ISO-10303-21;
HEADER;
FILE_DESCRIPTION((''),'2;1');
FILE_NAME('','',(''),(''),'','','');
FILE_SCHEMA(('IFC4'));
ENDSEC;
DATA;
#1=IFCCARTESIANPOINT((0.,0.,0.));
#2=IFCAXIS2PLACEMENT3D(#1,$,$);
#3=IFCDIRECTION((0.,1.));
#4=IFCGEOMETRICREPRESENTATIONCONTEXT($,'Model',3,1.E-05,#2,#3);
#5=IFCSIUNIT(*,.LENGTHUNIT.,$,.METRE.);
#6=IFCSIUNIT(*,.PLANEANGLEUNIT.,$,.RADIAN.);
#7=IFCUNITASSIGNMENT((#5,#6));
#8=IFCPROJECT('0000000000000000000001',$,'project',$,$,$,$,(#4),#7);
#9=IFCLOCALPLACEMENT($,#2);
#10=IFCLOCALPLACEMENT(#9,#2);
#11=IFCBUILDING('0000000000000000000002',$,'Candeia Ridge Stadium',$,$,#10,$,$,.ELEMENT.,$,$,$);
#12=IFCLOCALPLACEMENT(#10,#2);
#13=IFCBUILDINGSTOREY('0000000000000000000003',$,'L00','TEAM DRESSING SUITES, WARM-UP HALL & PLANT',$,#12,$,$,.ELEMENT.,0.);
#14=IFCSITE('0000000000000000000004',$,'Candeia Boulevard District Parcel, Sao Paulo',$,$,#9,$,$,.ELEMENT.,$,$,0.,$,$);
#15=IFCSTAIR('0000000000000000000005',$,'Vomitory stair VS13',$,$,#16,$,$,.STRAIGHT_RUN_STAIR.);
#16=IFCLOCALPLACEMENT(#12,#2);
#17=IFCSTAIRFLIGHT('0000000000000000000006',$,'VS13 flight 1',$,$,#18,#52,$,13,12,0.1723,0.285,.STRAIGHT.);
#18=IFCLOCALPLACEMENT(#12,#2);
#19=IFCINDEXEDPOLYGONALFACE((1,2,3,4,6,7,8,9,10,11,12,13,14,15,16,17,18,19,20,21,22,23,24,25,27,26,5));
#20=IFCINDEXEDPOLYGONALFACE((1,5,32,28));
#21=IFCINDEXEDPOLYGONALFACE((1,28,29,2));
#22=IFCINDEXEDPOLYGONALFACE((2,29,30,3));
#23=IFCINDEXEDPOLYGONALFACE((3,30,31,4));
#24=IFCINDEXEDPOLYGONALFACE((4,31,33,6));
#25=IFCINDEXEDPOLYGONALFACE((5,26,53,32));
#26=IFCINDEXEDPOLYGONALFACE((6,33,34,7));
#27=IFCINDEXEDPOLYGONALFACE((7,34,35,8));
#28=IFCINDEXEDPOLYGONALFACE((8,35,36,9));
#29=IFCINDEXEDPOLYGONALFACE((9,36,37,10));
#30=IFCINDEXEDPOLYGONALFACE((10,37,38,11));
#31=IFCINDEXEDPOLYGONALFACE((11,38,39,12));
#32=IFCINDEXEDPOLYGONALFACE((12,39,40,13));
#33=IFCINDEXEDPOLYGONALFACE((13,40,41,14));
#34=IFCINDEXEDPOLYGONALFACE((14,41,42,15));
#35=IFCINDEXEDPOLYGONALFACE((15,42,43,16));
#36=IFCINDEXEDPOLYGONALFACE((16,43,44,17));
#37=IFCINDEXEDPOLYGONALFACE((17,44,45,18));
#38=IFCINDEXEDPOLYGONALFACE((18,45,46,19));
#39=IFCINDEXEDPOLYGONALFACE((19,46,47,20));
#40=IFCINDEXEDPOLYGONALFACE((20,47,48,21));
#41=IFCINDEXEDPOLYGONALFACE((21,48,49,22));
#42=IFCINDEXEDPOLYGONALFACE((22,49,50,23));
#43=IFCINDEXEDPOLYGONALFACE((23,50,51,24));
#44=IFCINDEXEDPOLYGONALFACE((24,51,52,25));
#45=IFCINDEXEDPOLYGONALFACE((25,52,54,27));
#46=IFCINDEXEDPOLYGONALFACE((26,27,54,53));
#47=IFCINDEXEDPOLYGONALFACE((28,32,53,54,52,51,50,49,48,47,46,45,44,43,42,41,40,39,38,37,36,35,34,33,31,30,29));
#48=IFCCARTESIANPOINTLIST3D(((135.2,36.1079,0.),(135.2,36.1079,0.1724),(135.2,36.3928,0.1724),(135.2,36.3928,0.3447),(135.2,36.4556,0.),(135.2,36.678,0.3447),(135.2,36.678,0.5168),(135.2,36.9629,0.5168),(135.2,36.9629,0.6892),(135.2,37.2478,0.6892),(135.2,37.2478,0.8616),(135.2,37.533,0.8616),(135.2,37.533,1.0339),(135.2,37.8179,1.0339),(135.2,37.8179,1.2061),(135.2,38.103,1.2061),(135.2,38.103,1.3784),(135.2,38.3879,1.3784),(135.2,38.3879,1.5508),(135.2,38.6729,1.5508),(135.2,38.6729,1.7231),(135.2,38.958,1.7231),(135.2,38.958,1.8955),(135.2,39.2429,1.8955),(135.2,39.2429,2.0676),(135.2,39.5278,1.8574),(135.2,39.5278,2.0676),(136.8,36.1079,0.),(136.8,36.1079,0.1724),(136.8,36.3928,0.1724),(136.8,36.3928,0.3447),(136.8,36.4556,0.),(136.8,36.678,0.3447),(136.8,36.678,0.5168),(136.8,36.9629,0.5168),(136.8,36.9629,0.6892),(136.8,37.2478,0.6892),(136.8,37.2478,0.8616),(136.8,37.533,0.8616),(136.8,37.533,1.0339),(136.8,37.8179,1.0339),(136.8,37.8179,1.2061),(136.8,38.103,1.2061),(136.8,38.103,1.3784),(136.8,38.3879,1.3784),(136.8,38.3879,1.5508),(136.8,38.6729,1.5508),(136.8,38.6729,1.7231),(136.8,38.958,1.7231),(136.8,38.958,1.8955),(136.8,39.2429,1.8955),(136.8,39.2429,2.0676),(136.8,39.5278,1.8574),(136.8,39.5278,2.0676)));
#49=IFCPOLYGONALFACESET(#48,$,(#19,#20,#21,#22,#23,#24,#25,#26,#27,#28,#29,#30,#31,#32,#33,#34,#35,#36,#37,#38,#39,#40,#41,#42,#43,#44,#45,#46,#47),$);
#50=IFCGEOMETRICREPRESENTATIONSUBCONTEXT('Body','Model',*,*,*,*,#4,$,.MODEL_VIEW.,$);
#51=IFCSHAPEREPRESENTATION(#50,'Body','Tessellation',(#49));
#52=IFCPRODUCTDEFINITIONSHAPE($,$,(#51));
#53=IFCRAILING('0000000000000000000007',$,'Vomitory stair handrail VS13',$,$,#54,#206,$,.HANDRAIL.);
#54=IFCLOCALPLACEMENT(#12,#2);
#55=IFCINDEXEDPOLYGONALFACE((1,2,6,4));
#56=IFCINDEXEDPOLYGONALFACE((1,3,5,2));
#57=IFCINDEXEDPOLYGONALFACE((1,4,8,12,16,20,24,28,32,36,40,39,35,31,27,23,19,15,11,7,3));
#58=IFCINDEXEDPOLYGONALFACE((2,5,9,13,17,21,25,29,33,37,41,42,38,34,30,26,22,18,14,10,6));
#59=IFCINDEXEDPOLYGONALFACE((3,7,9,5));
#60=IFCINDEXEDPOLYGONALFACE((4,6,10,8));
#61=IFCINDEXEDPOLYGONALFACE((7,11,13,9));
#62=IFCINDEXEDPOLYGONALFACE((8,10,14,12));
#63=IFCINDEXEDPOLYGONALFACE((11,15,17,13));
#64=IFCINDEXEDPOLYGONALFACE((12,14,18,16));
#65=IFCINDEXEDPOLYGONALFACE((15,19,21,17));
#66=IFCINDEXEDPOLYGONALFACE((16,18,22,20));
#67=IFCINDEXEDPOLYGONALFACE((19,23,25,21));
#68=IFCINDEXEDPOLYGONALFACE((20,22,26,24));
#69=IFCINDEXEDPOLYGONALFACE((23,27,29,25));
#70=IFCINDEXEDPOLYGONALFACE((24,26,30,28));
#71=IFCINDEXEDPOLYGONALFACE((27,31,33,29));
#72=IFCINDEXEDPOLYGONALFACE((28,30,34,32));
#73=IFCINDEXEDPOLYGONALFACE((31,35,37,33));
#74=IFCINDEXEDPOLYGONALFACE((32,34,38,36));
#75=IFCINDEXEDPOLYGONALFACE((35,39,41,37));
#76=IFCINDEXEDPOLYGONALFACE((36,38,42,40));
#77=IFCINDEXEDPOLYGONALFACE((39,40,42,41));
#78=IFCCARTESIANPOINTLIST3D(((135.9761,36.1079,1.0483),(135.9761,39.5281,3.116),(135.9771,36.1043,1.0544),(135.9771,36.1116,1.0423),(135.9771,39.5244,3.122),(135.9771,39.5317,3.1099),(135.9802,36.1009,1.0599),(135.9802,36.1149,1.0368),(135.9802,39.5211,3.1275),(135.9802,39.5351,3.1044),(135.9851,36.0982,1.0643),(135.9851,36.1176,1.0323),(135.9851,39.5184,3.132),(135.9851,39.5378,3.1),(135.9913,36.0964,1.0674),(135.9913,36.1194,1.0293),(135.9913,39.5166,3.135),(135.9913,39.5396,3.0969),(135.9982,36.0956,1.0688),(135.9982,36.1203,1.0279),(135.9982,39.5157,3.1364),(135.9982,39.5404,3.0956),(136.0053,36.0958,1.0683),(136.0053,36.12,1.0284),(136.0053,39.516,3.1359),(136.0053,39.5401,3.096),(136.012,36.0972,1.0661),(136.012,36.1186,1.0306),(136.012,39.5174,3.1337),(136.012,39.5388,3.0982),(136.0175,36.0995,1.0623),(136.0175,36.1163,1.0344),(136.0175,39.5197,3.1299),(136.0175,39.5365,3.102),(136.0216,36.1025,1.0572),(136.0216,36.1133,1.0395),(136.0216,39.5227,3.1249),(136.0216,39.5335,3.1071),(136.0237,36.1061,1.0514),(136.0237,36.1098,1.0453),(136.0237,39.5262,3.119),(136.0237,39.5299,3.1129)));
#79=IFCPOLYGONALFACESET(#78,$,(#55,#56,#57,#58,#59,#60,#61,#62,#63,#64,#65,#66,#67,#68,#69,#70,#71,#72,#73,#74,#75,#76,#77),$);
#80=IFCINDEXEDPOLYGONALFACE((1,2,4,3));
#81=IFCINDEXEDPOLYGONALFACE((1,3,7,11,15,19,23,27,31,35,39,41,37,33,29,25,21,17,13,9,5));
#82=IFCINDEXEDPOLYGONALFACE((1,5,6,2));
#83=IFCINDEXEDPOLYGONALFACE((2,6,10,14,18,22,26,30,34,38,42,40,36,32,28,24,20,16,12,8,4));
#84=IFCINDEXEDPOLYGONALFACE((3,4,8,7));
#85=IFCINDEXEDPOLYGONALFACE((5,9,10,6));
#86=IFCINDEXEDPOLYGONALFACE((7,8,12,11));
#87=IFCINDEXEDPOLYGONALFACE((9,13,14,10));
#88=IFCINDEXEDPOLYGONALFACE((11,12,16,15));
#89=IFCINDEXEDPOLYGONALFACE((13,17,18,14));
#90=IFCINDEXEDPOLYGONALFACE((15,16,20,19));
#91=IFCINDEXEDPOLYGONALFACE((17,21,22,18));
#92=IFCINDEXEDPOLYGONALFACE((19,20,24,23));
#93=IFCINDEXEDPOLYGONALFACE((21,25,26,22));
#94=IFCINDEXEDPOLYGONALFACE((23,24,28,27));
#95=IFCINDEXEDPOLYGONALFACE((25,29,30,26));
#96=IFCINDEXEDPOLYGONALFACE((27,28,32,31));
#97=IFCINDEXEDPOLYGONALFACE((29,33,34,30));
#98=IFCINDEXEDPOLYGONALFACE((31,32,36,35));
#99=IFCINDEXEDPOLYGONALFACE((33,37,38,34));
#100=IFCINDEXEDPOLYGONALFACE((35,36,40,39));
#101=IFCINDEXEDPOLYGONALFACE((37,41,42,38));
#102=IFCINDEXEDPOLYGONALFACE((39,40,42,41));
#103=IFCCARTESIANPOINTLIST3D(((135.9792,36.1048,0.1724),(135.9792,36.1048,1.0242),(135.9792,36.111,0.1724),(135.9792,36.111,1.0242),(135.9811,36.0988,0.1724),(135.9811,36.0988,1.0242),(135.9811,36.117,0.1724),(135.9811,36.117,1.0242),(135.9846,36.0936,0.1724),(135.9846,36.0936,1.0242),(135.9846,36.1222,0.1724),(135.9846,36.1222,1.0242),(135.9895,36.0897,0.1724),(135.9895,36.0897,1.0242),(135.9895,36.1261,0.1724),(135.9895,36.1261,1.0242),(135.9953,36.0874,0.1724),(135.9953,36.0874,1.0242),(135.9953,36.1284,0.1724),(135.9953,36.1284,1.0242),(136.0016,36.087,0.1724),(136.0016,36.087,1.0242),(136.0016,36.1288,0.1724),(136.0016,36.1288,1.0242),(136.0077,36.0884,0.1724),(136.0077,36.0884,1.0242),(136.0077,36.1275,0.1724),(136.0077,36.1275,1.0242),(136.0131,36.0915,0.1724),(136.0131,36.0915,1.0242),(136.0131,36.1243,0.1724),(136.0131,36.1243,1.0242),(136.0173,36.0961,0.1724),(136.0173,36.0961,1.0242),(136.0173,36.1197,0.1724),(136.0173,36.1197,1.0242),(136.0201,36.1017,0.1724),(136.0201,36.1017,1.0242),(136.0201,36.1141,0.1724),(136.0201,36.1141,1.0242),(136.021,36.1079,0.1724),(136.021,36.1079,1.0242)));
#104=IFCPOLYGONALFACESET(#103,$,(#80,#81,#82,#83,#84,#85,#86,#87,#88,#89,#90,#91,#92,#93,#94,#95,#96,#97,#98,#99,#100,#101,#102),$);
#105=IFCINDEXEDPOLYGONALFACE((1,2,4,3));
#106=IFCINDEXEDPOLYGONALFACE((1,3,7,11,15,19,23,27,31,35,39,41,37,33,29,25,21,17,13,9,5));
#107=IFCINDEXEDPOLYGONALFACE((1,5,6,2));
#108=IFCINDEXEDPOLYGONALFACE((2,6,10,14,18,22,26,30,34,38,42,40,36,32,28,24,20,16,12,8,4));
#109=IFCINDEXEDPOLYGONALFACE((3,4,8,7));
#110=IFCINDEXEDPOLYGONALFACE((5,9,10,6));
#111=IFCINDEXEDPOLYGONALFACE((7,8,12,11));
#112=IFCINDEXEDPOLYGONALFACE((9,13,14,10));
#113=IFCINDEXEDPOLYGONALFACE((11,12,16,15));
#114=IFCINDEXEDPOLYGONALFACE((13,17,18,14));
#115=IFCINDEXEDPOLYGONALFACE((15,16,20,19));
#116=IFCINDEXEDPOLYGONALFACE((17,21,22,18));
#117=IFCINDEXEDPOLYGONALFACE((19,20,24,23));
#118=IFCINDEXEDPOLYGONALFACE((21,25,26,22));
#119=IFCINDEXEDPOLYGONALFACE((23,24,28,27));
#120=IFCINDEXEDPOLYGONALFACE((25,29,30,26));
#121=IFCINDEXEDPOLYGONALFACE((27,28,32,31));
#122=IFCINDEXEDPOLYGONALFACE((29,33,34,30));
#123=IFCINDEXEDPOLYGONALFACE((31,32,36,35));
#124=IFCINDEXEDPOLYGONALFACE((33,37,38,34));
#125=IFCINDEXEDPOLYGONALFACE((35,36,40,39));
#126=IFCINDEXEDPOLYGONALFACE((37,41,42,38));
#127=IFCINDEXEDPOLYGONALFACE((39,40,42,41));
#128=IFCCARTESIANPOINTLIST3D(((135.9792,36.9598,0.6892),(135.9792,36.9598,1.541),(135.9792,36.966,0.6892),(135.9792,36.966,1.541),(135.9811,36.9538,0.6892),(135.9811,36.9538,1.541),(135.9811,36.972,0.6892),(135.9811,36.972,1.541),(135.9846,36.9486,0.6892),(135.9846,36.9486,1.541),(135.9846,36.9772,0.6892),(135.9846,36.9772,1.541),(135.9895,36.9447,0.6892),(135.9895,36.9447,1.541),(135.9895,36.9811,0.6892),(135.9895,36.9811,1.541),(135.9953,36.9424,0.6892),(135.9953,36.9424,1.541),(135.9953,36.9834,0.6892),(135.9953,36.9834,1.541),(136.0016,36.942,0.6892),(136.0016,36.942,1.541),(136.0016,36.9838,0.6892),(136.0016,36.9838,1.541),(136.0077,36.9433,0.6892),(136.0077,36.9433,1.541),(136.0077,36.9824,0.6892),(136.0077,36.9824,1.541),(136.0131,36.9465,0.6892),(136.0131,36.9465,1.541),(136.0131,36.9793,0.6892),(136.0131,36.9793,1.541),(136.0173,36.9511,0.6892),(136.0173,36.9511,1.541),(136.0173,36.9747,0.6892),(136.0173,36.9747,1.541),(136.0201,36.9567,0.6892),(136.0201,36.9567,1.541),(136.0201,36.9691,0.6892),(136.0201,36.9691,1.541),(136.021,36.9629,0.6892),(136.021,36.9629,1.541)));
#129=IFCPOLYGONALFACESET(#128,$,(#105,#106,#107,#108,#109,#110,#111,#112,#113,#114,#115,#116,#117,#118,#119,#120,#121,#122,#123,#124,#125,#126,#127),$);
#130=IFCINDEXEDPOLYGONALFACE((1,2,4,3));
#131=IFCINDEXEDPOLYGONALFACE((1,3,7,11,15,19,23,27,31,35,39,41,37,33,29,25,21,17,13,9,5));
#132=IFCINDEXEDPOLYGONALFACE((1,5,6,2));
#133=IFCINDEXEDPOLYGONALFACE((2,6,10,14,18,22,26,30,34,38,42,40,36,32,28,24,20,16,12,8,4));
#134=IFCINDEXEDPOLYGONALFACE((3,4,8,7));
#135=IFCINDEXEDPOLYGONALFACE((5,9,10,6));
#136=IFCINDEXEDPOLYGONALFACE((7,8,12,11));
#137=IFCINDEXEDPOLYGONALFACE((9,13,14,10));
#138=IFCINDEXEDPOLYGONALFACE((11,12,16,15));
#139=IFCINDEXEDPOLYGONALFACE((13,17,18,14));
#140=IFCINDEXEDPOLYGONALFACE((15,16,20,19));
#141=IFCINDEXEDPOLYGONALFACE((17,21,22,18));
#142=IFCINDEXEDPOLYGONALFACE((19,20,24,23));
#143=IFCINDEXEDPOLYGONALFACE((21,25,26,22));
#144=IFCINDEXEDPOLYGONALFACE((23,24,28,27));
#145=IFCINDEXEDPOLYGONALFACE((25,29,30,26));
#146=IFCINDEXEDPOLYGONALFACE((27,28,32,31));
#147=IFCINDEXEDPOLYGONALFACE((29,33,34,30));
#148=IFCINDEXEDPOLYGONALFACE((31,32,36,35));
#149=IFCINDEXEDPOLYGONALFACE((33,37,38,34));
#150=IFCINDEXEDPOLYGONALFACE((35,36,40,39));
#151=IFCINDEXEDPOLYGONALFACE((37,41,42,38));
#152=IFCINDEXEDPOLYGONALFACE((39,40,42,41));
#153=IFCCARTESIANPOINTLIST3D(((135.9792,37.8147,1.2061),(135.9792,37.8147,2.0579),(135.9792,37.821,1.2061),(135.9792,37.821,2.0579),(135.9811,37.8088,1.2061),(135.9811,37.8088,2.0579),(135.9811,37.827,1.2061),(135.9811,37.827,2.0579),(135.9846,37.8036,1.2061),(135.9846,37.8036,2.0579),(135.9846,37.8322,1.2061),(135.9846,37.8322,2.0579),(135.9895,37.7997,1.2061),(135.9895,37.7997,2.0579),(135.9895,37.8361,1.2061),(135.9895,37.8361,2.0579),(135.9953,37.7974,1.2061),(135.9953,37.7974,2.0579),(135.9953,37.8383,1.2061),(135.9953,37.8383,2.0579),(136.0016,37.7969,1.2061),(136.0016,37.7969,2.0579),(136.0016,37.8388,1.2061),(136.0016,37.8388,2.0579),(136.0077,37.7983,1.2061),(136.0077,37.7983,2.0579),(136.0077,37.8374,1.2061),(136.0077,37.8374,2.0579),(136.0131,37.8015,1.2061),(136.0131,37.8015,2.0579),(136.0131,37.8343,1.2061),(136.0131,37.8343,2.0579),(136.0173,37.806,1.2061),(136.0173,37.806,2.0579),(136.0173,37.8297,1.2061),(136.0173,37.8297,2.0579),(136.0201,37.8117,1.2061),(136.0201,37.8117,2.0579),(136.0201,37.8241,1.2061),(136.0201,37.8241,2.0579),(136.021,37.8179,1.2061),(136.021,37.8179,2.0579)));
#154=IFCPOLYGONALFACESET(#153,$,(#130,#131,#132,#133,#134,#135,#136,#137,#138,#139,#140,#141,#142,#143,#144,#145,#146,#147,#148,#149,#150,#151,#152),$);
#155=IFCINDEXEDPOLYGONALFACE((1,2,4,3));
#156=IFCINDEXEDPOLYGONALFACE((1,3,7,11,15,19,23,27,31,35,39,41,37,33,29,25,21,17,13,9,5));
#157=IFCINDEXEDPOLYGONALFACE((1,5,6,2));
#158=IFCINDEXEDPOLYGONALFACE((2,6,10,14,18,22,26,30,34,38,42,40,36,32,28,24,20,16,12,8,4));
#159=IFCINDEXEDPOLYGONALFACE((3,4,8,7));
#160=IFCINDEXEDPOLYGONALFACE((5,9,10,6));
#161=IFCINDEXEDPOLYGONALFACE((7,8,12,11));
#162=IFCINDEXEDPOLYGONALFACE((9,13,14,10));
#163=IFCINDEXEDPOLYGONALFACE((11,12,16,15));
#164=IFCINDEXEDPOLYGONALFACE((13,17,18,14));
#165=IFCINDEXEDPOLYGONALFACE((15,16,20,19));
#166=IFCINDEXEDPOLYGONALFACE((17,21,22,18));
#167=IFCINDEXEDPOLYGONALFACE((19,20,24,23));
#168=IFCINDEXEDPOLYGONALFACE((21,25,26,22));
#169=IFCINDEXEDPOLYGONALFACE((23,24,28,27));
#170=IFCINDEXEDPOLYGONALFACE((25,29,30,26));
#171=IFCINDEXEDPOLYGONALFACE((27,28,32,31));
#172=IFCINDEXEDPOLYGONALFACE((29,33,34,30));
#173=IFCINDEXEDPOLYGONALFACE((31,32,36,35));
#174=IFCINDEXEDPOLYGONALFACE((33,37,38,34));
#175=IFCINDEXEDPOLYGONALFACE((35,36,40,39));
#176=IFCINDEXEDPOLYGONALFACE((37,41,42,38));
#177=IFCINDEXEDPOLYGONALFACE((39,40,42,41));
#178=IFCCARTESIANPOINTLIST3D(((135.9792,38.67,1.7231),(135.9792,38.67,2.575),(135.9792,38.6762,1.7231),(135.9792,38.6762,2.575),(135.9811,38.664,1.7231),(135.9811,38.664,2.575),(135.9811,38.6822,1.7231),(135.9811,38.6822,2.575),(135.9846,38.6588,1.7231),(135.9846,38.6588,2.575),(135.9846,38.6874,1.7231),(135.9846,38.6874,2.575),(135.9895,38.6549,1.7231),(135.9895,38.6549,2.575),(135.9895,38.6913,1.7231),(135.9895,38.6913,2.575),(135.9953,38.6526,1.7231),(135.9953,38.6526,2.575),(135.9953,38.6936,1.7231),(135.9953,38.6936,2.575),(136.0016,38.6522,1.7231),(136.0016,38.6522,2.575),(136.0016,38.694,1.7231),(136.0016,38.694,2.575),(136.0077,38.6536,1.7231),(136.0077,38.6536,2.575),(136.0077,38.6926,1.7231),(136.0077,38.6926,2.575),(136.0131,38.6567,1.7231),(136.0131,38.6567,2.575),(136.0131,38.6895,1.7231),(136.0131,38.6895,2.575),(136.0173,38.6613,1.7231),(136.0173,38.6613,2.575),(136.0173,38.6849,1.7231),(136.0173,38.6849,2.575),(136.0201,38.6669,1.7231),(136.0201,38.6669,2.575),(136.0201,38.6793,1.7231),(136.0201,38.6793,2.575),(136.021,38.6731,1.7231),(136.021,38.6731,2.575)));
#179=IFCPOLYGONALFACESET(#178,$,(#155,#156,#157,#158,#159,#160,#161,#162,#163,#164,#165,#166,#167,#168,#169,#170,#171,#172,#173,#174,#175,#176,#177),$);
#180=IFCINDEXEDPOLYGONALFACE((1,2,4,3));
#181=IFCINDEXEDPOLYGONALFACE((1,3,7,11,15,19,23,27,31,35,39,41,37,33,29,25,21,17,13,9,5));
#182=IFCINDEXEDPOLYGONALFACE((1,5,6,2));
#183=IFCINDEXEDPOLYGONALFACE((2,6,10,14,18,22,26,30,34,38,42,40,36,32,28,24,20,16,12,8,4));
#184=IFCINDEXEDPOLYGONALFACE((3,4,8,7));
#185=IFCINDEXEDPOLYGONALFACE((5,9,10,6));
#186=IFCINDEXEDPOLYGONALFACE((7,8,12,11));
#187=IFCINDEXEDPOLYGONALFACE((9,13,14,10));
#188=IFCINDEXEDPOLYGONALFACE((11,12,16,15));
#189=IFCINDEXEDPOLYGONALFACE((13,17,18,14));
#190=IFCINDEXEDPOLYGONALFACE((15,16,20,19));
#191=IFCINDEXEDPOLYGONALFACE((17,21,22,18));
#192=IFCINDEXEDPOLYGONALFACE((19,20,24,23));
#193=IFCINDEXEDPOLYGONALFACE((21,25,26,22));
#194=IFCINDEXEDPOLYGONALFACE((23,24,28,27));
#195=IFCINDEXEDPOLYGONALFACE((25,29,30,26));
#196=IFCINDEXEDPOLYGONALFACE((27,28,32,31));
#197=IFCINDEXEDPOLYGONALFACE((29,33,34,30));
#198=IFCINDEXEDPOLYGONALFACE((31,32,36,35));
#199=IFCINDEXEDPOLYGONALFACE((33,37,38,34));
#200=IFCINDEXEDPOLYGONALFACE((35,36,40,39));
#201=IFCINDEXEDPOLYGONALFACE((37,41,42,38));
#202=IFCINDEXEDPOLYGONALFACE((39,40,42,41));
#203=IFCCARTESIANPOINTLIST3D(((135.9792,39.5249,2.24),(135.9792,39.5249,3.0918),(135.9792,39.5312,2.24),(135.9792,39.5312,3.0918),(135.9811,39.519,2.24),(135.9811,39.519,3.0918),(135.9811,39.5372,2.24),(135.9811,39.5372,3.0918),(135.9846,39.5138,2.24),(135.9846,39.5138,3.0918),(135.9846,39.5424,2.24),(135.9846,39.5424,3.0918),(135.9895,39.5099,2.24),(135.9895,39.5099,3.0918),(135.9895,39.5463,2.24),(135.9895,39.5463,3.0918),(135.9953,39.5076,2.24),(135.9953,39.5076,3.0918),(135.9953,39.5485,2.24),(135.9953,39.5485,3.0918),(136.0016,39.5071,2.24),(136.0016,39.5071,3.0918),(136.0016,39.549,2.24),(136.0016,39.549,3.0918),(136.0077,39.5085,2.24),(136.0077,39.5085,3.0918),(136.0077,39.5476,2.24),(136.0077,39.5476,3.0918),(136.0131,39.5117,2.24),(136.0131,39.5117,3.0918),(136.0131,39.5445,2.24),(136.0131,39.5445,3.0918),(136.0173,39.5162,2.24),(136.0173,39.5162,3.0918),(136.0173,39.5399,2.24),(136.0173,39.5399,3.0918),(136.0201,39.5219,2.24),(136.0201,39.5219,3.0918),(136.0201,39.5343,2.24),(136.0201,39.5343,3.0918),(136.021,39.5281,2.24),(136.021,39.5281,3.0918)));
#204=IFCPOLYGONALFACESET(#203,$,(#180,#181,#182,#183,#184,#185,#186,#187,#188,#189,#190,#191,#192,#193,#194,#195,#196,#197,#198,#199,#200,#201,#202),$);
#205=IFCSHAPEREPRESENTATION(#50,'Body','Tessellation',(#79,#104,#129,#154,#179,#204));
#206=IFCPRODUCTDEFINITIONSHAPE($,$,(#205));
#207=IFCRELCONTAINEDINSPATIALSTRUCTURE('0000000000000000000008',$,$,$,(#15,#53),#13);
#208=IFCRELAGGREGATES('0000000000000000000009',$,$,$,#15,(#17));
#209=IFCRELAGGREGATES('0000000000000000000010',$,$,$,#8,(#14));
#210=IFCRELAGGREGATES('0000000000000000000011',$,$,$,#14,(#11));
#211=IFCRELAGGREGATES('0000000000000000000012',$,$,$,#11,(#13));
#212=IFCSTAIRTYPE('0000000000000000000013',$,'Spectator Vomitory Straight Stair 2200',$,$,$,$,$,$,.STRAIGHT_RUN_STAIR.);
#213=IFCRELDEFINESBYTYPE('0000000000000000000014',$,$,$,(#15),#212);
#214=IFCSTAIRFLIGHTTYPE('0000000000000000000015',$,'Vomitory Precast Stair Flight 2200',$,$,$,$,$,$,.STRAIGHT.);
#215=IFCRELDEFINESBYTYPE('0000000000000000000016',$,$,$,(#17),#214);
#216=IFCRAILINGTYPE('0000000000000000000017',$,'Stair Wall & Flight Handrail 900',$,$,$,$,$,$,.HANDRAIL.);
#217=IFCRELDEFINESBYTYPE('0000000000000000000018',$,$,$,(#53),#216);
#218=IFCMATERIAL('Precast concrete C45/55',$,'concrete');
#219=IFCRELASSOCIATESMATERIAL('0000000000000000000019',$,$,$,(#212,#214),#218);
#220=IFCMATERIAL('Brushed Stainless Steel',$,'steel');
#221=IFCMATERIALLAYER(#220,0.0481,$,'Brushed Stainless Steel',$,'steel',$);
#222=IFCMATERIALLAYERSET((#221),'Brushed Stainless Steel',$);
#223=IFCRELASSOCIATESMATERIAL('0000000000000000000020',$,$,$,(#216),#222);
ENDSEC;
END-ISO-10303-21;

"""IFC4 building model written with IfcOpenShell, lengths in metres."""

from ifc_helpers import new_model, si_unit, direction, frame, origin, origin_2d, place, context, subcontext, project, spatial, polyline, circle, outline, extrude, material, layer, layer_set, type_object, element, aggregate, save


model = new_model("IFC4")

# Units and contexts
model_context = context("Model", 3, precision=1e-05, world=origin(), true_north=direction((0.0, 1.0)))
body_context = subcontext(model_context, "Body", "Model", "MODEL_VIEW")
ifc_project = project(units=[si_unit("LENGTHUNIT", "METRE"), si_unit("PLANEANGLEUNIT", "RADIAN")], contexts=[model_context])

# Site, building, storey
site_placement = place(None, origin())
site = spatial("IfcSite", under=ifc_project, at=site_placement, Name="Candeia Boulevard District Parcel, Sao Paulo", CompositionType="ELEMENT", RefElevation=0.0)
building_placement = place(site_placement, origin())
building = spatial("IfcBuilding", under=site, at=building_placement, Name="Candeia Ridge Stadium", CompositionType="ELEMENT")
storey_placement = place(building_placement, origin())
storey = spatial("IfcBuildingStorey", under=building, at=storey_placement, Name="L00", Description="TEAM DRESSING SUITES, WARM-UP HALL & PLANT", CompositionType="ELEMENT", Elevation=0.0)

# Shared definitions
ifc_material_1 = material(Name="Precast concrete C45/55", Category="concrete")

# Stair, stair flight
stair_type = type_object("IfcStairType", Name="Spectator Vomitory Straight Stair 2200", PredefinedType="STRAIGHT_RUN_STAIR", material=ifc_material_1)
stair_placement = place(storey_placement, origin())
stair = element("IfcStair", 1, at=stair_placement, inside=storey, type_object=stair_type, Name="Vomitory stair VS13", PredefinedType="STRAIGHT_RUN_STAIR")
stair_flight_type = type_object("IfcStairFlightType", Name="Vomitory Precast Stair Flight 2200", PredefinedType="STRAIGHT", material=ifc_material_1)
stair_flight_placement = place(storey_placement, frame((136.0, 36.1079, 0.0), z_axis=(0.0, 0.0, 1.0), x_axis=(0.0, 1.0, 0.0)))
stair_flight = element("IfcStairFlight", 2, at=stair_flight_placement, type_object=stair_flight_type, Name="VS13 flight 1", NumberOfRisers=13, NumberOfTreads=12, PredefinedType="STRAIGHT", RiserHeight=0.1723, TreadLength=0.285, context=body_context, shape_type="SweptSolid", body=[
    extrude(outline(polyline([(0.0, 0.0), (0.0, 0.1724), (0.2849, 0.1724), (0.2849, 0.3447), (0.5701, 0.3447), (0.5701, 0.5168), (0.855, 0.5168), (0.855, 0.6892), (1.1399, 0.6892), (1.1399, 0.8616), (1.425, 0.8616), (1.425, 1.0339), (1.71, 1.0339), (1.71, 1.2061), (1.9951, 1.2061), (1.9951, 1.3784), (2.28, 1.3784), (2.28, 1.5508), (2.5649, 1.5508), (2.5649, 1.7231), (2.8501, 1.7231), (2.8501, 1.8955), (3.135, 1.8955), (3.135, 2.0676), (3.4199, 2.0676), (3.4199, 2.24), (3.4199, 1.8574), (0.3477, 0.0), (0.0, 0.0)])), frame((0.0, 0.8, 0.0), z_axis=(0.0, -1.0, 0.0), x_axis=(1.0, 0.0, 0.0)), (0.0, 0.0, 1.0), 1.6001),
])
aggregate(stair, [stair_flight])

# Railing
ifc_material_2 = material(Name="Brushed Stainless Steel", Category="steel")
ifc_layer_1 = layer(ifc_material_2, 0.0481, Name="Brushed Stainless Steel", Category="steel")
ifc_layer_set_1 = layer_set([ifc_layer_1], Name="Brushed Stainless Steel")
railing_type_1 = type_object("IfcRailingType", Name="Stair Wall & Flight Handrail 900", PredefinedType="HANDRAIL", material=ifc_layer_set_1)
railing_1_placement = place(storey_placement, frame((136.0, 36.1079, 0.1724)))
element("IfcRailing", 3, at=railing_1_placement, inside=storey, type_object=railing_type_1, Name="Vomitory stair handrail VS13", PredefinedType="HANDRAIL", context=body_context, shape_type="SweptSolid", body=[
    extrude(circle(Radius=0.0239, at=origin_2d()), frame((0.0, 0.0, 0.876), z_axis=(0.0, 0.855774, 0.51735), x_axis=(-1.0, 0.0, 0.0)), (0.0, 0.0, 1.0), 3.9966),
    extrude(circle(Radius=0.021, at=origin_2d()), origin(), (0.0, 0.0, 1.0), 0.8518),
    extrude(circle(Radius=0.021, at=origin_2d()), frame((0.0, 0.855, 0.5168)), (0.0, 0.0, 1.0), 0.8518),
    extrude(circle(Radius=0.021, at=origin_2d()), frame((0.0, 1.71, 1.0337)), (0.0, 0.0, 1.0), 0.8518),
    extrude(circle(Radius=0.021, at=origin_2d()), frame((0.0, 2.5652, 1.5508)), (0.0, 0.0, 1.0), 0.8518),
    extrude(circle(Radius=0.021, at=origin_2d()), frame((0.0, 3.4202, 2.0676)), (0.0, 0.0, 1.0), 0.8518),
])

save(model, "model.ifc")
